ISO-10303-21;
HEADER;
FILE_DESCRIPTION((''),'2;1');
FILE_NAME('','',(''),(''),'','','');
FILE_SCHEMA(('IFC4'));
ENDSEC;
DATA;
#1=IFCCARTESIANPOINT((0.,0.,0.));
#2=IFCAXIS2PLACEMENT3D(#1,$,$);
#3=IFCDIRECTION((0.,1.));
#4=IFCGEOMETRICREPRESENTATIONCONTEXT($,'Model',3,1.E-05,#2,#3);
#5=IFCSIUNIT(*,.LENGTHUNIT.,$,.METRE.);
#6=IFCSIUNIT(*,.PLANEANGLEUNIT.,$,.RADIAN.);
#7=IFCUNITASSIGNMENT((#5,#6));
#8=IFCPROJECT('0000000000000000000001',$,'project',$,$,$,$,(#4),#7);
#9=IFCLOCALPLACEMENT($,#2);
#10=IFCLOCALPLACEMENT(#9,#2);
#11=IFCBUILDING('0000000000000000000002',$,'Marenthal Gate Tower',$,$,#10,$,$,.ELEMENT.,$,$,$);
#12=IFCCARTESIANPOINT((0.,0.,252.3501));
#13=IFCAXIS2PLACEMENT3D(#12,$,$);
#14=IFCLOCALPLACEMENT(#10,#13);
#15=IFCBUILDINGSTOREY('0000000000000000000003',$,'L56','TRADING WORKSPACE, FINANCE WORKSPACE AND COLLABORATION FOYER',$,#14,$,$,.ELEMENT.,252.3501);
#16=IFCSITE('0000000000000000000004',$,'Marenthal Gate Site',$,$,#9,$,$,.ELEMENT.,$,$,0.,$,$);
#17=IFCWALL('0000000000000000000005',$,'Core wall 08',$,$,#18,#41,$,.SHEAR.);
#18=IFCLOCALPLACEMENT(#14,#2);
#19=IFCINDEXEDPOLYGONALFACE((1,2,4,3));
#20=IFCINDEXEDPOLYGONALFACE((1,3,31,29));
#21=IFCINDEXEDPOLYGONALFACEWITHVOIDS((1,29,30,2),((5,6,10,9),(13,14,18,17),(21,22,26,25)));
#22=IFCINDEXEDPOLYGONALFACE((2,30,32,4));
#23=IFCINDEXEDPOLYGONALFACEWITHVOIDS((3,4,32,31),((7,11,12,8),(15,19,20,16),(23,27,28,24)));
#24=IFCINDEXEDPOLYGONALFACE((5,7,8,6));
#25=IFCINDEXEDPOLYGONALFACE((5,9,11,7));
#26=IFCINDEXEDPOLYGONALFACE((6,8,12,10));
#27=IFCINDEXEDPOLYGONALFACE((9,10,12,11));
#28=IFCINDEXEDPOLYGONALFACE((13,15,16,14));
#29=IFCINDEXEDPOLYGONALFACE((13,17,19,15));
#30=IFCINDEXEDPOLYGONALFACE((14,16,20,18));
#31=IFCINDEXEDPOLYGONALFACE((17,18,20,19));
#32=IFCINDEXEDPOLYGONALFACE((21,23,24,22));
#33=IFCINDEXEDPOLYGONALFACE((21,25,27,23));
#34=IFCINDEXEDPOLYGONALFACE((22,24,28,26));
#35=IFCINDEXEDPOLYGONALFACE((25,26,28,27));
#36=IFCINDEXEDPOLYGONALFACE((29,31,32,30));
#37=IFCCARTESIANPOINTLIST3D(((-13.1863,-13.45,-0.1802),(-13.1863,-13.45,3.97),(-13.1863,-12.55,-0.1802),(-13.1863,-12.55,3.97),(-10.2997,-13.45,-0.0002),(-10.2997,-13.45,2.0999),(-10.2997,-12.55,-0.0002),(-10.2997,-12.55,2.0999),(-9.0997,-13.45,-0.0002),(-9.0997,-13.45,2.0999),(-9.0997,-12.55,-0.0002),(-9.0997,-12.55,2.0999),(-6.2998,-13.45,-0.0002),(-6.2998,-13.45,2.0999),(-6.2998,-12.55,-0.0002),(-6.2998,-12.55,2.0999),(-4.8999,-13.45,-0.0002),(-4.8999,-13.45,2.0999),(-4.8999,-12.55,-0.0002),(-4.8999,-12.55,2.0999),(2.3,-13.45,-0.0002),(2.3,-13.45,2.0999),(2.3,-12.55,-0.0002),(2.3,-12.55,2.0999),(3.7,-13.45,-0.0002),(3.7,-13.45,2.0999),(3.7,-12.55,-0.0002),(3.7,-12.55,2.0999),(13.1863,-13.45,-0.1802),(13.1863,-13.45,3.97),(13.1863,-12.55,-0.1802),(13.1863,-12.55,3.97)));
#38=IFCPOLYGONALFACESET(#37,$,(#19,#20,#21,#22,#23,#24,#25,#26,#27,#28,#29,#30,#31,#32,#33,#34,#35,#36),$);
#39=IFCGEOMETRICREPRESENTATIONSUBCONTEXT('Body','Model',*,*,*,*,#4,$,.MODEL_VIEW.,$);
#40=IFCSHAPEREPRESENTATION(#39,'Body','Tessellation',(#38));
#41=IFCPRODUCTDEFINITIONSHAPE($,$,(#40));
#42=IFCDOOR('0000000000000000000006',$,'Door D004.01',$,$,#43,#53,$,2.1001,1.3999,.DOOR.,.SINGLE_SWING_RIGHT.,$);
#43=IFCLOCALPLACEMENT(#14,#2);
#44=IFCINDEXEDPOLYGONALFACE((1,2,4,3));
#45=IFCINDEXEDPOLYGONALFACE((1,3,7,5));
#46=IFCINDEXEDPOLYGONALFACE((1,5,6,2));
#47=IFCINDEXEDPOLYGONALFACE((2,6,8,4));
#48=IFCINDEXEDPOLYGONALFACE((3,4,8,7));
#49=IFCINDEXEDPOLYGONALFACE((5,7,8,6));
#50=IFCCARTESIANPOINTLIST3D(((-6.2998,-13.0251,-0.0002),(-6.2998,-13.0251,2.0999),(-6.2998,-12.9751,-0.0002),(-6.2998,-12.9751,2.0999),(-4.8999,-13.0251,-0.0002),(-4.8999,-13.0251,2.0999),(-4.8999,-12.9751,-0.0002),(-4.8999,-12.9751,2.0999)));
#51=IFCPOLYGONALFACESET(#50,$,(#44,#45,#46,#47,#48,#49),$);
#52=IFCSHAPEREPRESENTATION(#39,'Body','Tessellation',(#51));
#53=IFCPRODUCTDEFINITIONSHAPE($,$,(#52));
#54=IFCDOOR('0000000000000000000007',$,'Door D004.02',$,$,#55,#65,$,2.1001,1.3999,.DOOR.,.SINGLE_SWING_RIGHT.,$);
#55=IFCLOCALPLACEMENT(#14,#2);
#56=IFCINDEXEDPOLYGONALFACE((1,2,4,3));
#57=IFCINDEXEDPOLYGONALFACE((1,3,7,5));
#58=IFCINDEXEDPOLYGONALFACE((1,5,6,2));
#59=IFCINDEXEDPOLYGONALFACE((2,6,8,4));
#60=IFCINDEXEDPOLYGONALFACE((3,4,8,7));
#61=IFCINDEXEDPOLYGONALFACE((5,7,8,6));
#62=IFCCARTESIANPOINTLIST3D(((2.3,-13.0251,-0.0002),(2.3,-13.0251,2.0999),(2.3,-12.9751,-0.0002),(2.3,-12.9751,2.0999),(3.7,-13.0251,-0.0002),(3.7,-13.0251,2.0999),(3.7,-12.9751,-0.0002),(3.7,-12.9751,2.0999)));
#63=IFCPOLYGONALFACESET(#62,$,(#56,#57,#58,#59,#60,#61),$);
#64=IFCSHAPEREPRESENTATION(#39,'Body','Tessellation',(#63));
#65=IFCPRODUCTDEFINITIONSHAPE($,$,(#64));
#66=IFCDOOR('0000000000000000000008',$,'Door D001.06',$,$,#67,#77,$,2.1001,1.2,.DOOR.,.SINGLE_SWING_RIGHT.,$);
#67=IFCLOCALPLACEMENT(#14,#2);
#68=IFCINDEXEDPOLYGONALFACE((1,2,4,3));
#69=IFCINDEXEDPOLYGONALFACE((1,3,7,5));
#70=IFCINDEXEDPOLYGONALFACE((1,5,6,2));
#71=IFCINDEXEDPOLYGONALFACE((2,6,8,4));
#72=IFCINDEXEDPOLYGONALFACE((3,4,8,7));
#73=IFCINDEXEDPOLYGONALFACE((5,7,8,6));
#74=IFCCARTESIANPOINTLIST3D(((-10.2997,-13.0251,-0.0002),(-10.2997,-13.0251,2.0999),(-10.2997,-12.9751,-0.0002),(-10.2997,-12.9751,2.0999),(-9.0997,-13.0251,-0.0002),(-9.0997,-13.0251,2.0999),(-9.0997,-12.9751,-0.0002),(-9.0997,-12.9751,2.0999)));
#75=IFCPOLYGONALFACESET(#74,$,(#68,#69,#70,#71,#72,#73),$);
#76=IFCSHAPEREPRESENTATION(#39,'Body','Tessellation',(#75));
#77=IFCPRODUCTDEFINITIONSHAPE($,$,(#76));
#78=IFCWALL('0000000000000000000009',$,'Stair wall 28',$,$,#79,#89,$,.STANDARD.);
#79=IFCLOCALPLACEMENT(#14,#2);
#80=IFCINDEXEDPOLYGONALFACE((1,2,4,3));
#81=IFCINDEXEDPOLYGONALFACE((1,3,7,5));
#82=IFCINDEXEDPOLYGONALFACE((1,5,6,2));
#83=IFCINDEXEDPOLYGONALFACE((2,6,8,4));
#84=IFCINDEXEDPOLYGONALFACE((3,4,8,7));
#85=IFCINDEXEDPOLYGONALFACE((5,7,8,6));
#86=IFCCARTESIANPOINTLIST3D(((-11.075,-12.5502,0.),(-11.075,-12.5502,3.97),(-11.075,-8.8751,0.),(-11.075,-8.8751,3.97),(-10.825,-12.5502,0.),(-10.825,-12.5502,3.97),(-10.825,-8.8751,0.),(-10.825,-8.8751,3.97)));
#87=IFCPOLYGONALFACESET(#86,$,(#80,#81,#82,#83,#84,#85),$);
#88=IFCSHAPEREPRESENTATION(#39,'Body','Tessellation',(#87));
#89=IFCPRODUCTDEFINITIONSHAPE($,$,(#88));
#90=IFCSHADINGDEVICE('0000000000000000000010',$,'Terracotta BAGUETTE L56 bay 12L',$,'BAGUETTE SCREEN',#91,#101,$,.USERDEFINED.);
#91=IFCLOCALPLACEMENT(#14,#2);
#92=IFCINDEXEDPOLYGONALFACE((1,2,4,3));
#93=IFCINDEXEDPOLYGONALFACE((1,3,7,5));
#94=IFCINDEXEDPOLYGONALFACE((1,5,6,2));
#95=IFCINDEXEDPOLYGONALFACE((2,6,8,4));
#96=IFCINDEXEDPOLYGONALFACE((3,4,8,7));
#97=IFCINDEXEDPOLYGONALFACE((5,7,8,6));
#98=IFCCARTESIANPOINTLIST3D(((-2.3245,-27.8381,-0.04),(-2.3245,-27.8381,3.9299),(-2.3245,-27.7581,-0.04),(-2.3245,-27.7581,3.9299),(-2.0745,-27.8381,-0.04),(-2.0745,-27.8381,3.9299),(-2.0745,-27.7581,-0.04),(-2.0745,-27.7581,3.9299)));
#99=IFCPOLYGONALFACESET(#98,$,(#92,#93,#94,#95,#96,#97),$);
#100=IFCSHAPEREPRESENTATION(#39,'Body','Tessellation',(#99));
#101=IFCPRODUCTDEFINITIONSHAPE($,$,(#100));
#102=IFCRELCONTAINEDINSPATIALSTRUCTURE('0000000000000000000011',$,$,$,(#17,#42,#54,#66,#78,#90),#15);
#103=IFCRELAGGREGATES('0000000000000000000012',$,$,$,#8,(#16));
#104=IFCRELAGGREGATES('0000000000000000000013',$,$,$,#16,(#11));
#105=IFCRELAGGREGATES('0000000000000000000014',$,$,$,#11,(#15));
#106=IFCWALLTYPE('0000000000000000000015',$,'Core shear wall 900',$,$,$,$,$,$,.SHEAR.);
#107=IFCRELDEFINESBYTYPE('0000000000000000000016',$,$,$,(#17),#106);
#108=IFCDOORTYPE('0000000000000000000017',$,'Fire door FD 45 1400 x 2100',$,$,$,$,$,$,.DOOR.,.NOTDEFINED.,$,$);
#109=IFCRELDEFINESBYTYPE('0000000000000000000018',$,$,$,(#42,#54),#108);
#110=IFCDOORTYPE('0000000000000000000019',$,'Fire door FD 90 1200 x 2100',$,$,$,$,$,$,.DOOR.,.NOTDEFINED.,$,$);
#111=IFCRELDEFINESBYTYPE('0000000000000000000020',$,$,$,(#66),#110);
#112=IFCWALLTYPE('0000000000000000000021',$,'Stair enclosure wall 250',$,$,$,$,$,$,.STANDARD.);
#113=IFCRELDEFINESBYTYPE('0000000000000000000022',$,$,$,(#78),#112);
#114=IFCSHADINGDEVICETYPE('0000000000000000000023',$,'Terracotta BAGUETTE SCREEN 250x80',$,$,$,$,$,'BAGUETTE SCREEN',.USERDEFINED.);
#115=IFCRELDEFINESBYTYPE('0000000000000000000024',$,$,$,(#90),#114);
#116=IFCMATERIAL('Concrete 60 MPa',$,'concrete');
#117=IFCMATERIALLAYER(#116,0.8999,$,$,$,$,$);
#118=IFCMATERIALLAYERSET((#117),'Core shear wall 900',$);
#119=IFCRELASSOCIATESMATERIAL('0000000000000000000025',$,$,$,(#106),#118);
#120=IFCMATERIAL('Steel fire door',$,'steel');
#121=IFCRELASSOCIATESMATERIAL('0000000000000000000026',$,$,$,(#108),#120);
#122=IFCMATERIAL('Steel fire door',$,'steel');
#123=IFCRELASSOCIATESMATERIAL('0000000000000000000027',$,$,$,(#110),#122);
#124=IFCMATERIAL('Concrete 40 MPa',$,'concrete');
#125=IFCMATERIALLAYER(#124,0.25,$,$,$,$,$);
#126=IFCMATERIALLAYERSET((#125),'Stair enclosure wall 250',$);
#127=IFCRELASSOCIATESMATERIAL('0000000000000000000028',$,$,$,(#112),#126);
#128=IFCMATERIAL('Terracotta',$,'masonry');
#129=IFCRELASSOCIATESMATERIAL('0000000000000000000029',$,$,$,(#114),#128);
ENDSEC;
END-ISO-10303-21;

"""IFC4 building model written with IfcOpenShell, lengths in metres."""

from ifc_helpers import new_model, si_unit, direction, frame, frame_2d, origin, origin_2d, place, context, subcontext, project, spatial, rectangle, extrude, material, layer, layer_set, material_profile, profile_set, type_object, element, fill, save


model = new_model("IFC4")

# Units and contexts
model_context = context("Model", 3, precision=1e-05, world=origin(), true_north=direction((0.0, 1.0)))
body_context = subcontext(model_context, "Body", "Model", "MODEL_VIEW")
ifc_project = project(units=[si_unit("LENGTHUNIT", "METRE"), si_unit("PLANEANGLEUNIT", "RADIAN")], contexts=[model_context])

# Site, building, storey
site_placement = place(None, origin())
site = spatial("IfcSite", under=ifc_project, at=site_placement, Name="Marenthal Gate Site", CompositionType="ELEMENT", RefElevation=0.0)
building_placement = place(site_placement, origin())
building = spatial("IfcBuilding", under=site, at=building_placement, Name="Marenthal Gate Tower", CompositionType="ELEMENT")
storey_placement = place(building_placement, frame((0.0, 0.0, 252.3501)))
storey = spatial("IfcBuildingStorey", under=building, at=storey_placement, Name="L56", Description="TRADING WORKSPACE, FINANCE WORKSPACE AND COLLABORATION FOYER", CompositionType="ELEMENT", Elevation=252.3501)

# Wall, openings, doors
ifc_material_1 = material(Name="Concrete 60 MPa", Category="concrete")
ifc_layer_1 = layer(ifc_material_1, 0.8999)
ifc_layer_set_1 = layer_set([ifc_layer_1], Name="Core shear wall 900")
wall_type_1 = type_object("IfcWallType", Name="Core shear wall 900", PredefinedType="SHEAR", material=ifc_layer_set_1)
wall_1_placement = place(storey_placement, frame((-13.1863, -13.0, -0.1802), z_axis=(0.0, 0.0, 1.0), x_axis=(1.0, 0.0, 0.0)))
wall_1 = element("IfcWall", 1, at=wall_1_placement, inside=storey, type_object=wall_type_1, Name="Core wall 08", PredefinedType="SHEAR", context=body_context, shape_type="SweptSolid", body=[
    extrude(rectangle(XDim=26.3726, YDim=0.8999, at=frame_2d((13.1863, 0.0))), origin(), (0.0, 0.0, 1.0), 4.1501),
])
opening_1_placement = place(wall_1_placement, frame((2.8865, 0.0, 0.1799)))
opening_1 = element("IfcOpeningElement", 2, at=opening_1_placement, cuts=wall_1, PredefinedType="OPENING", context=body_context, shape_type="SweptSolid", body=[
    extrude(rectangle(XDim=1.2, YDim=2.1001, at=frame_2d((0.6001, 1.05))), frame((0.0, 0.46, 0.0), z_axis=(0.0, -1.0, 0.0), x_axis=(1.0, 0.0, 0.0)), (0.0, 0.0, 1.0), 0.9199),
])
opening_2_placement = place(wall_1_placement, frame((6.8865, 0.0, 0.1799)))
opening_2 = element("IfcOpeningElement", 3, at=opening_2_placement, cuts=wall_1, PredefinedType="OPENING", context=body_context, shape_type="SweptSolid", body=[
    extrude(rectangle(XDim=1.3999, YDim=2.1001, at=frame_2d((0.7, 1.05))), frame((0.0, 0.46, 0.0), z_axis=(0.0, -1.0, 0.0), x_axis=(1.0, 0.0, 0.0)), (0.0, 0.0, 1.0), 0.9199),
])
opening_3_placement = place(wall_1_placement, frame((15.4863, 0.0, 0.1799)))
opening_3 = element("IfcOpeningElement", 4, at=opening_3_placement, cuts=wall_1, PredefinedType="OPENING", context=body_context, shape_type="SweptSolid", body=[
    extrude(rectangle(XDim=1.3999, YDim=2.1001, at=frame_2d((0.7, 1.05))), frame((0.0, 0.46, 0.0), z_axis=(0.0, -1.0, 0.0), x_axis=(1.0, 0.0, 0.0)), (0.0, 0.0, 1.0), 0.9199),
])
ifc_material_2 = material(Name="Steel fire door", Category="steel")
door_type_1 = type_object("IfcDoorType", Name="Fire door FD 45 1400 x 2100", OperationType="NOTDEFINED", PredefinedType="DOOR", material=ifc_material_2)
door_1_placement = place(opening_2_placement, origin())
door_1 = element("IfcDoor", 5, at=door_1_placement, inside=storey, type_object=door_type_1, Name="Door D004.01", OperationType="SINGLE_SWING_RIGHT", OverallHeight=2.1001, OverallWidth=1.3999, PredefinedType="DOOR", context=body_context, shape_type="SweptSolid", body=[
    extrude(rectangle(XDim=1.3999, YDim=2.1001, at=frame_2d((0.7, 1.05))), frame((0.0, 0.0249, 0.0), z_axis=(0.0, -1.0, 0.0), x_axis=(1.0, 0.0, 0.0)), (0.0, 0.0, 1.0), 0.05),
])
fill(opening_2, door_1)
door_2_placement = place(opening_3_placement, origin())
door_2 = element("IfcDoor", 6, at=door_2_placement, inside=storey, type_object=door_type_1, Name="Door D004.02", OperationType="SINGLE_SWING_RIGHT", OverallHeight=2.1001, OverallWidth=1.3999, PredefinedType="DOOR", context=body_context, shape_type="SweptSolid", body=[
    extrude(rectangle(XDim=1.3999, YDim=2.1001, at=frame_2d((0.7, 1.05))), frame((0.0, 0.0249, 0.0), z_axis=(0.0, -1.0, 0.0), x_axis=(1.0, 0.0, 0.0)), (0.0, 0.0, 1.0), 0.05),
])
fill(opening_3, door_2)
ifc_material_3 = material(Name="Steel fire door", Category="steel")
door_type_2 = type_object("IfcDoorType", Name="Fire door FD 90 1200 x 2100", OperationType="NOTDEFINED", PredefinedType="DOOR", material=ifc_material_3)
door_3_placement = place(opening_1_placement, origin())
door_3 = element("IfcDoor", 7, at=door_3_placement, inside=storey, type_object=door_type_2, Name="Door D001.06", OperationType="SINGLE_SWING_RIGHT", OverallHeight=2.1001, OverallWidth=1.2, PredefinedType="DOOR", context=body_context, shape_type="SweptSolid", body=[
    extrude(rectangle(XDim=1.2, YDim=2.1001, at=frame_2d((0.6001, 1.05))), frame((0.0, 0.0249, 0.0), z_axis=(0.0, -1.0, 0.0), x_axis=(1.0, 0.0, 0.0)), (0.0, 0.0, 1.0), 0.05),
])
fill(opening_1, door_3)

# Wall
ifc_material_4 = material(Name="Concrete 40 MPa", Category="concrete")
ifc_layer_2 = layer(ifc_material_4, 0.25)
ifc_layer_set_2 = layer_set([ifc_layer_2], Name="Stair enclosure wall 250")
wall_type_2 = type_object("IfcWallType", Name="Stair enclosure wall 250", PredefinedType="STANDARD", material=ifc_layer_set_2)
wall_2_placement = place(storey_placement, frame((-10.95, -12.55, 0.0), z_axis=(0.0, 0.0, 1.0), x_axis=(0.0, 1.0, 0.0)))
element("IfcWall", 8, at=wall_2_placement, inside=storey, type_object=wall_type_2, Name="Stair wall 28", PredefinedType="STANDARD", context=body_context, shape_type="SweptSolid", body=[
    extrude(rectangle(XDim=3.675, YDim=0.25, at=frame_2d((1.8374, 0.0))), origin(), (0.0, 0.0, 1.0), 3.97),
])

# Shading device
ifc_material_5 = material(Name="Terracotta", Category="masonry")
ifc_material_profile_1 = material_profile(ifc_material_5, rectangle(XDim=0.25, YDim=0.0801, at=origin_2d()), Name="Terracotta baguette 250x80")
ifc_profile_set_1 = profile_set([ifc_material_profile_1], Name="Terracotta")
shading_device_type = type_object("IfcShadingDeviceType", Name="Terracotta BAGUETTE SCREEN 250x80", ElementType="BAGUETTE SCREEN", PredefinedType="USERDEFINED", material=ifc_profile_set_1)
shading_device_placement = place(storey_placement, frame((-2.1995, -27.7981, -0.04), z_axis=(0.0, 0.0, 1.0), x_axis=(1.0, 0.0, 0.0)))
element("IfcShadingDevice", 9, at=shading_device_placement, inside=storey, type_object=shading_device_type, Name="Terracotta BAGUETTE L56 bay 12L", ObjectType="BAGUETTE SCREEN", PredefinedType="USERDEFINED", context=body_context, shape_type="SweptSolid", body=[
    extrude(rectangle(XDim=0.25, YDim=0.0801, at=origin_2d()), origin(), (0.0, 0.0, 1.0), 3.97),
])

save(model, "model.ifc")
